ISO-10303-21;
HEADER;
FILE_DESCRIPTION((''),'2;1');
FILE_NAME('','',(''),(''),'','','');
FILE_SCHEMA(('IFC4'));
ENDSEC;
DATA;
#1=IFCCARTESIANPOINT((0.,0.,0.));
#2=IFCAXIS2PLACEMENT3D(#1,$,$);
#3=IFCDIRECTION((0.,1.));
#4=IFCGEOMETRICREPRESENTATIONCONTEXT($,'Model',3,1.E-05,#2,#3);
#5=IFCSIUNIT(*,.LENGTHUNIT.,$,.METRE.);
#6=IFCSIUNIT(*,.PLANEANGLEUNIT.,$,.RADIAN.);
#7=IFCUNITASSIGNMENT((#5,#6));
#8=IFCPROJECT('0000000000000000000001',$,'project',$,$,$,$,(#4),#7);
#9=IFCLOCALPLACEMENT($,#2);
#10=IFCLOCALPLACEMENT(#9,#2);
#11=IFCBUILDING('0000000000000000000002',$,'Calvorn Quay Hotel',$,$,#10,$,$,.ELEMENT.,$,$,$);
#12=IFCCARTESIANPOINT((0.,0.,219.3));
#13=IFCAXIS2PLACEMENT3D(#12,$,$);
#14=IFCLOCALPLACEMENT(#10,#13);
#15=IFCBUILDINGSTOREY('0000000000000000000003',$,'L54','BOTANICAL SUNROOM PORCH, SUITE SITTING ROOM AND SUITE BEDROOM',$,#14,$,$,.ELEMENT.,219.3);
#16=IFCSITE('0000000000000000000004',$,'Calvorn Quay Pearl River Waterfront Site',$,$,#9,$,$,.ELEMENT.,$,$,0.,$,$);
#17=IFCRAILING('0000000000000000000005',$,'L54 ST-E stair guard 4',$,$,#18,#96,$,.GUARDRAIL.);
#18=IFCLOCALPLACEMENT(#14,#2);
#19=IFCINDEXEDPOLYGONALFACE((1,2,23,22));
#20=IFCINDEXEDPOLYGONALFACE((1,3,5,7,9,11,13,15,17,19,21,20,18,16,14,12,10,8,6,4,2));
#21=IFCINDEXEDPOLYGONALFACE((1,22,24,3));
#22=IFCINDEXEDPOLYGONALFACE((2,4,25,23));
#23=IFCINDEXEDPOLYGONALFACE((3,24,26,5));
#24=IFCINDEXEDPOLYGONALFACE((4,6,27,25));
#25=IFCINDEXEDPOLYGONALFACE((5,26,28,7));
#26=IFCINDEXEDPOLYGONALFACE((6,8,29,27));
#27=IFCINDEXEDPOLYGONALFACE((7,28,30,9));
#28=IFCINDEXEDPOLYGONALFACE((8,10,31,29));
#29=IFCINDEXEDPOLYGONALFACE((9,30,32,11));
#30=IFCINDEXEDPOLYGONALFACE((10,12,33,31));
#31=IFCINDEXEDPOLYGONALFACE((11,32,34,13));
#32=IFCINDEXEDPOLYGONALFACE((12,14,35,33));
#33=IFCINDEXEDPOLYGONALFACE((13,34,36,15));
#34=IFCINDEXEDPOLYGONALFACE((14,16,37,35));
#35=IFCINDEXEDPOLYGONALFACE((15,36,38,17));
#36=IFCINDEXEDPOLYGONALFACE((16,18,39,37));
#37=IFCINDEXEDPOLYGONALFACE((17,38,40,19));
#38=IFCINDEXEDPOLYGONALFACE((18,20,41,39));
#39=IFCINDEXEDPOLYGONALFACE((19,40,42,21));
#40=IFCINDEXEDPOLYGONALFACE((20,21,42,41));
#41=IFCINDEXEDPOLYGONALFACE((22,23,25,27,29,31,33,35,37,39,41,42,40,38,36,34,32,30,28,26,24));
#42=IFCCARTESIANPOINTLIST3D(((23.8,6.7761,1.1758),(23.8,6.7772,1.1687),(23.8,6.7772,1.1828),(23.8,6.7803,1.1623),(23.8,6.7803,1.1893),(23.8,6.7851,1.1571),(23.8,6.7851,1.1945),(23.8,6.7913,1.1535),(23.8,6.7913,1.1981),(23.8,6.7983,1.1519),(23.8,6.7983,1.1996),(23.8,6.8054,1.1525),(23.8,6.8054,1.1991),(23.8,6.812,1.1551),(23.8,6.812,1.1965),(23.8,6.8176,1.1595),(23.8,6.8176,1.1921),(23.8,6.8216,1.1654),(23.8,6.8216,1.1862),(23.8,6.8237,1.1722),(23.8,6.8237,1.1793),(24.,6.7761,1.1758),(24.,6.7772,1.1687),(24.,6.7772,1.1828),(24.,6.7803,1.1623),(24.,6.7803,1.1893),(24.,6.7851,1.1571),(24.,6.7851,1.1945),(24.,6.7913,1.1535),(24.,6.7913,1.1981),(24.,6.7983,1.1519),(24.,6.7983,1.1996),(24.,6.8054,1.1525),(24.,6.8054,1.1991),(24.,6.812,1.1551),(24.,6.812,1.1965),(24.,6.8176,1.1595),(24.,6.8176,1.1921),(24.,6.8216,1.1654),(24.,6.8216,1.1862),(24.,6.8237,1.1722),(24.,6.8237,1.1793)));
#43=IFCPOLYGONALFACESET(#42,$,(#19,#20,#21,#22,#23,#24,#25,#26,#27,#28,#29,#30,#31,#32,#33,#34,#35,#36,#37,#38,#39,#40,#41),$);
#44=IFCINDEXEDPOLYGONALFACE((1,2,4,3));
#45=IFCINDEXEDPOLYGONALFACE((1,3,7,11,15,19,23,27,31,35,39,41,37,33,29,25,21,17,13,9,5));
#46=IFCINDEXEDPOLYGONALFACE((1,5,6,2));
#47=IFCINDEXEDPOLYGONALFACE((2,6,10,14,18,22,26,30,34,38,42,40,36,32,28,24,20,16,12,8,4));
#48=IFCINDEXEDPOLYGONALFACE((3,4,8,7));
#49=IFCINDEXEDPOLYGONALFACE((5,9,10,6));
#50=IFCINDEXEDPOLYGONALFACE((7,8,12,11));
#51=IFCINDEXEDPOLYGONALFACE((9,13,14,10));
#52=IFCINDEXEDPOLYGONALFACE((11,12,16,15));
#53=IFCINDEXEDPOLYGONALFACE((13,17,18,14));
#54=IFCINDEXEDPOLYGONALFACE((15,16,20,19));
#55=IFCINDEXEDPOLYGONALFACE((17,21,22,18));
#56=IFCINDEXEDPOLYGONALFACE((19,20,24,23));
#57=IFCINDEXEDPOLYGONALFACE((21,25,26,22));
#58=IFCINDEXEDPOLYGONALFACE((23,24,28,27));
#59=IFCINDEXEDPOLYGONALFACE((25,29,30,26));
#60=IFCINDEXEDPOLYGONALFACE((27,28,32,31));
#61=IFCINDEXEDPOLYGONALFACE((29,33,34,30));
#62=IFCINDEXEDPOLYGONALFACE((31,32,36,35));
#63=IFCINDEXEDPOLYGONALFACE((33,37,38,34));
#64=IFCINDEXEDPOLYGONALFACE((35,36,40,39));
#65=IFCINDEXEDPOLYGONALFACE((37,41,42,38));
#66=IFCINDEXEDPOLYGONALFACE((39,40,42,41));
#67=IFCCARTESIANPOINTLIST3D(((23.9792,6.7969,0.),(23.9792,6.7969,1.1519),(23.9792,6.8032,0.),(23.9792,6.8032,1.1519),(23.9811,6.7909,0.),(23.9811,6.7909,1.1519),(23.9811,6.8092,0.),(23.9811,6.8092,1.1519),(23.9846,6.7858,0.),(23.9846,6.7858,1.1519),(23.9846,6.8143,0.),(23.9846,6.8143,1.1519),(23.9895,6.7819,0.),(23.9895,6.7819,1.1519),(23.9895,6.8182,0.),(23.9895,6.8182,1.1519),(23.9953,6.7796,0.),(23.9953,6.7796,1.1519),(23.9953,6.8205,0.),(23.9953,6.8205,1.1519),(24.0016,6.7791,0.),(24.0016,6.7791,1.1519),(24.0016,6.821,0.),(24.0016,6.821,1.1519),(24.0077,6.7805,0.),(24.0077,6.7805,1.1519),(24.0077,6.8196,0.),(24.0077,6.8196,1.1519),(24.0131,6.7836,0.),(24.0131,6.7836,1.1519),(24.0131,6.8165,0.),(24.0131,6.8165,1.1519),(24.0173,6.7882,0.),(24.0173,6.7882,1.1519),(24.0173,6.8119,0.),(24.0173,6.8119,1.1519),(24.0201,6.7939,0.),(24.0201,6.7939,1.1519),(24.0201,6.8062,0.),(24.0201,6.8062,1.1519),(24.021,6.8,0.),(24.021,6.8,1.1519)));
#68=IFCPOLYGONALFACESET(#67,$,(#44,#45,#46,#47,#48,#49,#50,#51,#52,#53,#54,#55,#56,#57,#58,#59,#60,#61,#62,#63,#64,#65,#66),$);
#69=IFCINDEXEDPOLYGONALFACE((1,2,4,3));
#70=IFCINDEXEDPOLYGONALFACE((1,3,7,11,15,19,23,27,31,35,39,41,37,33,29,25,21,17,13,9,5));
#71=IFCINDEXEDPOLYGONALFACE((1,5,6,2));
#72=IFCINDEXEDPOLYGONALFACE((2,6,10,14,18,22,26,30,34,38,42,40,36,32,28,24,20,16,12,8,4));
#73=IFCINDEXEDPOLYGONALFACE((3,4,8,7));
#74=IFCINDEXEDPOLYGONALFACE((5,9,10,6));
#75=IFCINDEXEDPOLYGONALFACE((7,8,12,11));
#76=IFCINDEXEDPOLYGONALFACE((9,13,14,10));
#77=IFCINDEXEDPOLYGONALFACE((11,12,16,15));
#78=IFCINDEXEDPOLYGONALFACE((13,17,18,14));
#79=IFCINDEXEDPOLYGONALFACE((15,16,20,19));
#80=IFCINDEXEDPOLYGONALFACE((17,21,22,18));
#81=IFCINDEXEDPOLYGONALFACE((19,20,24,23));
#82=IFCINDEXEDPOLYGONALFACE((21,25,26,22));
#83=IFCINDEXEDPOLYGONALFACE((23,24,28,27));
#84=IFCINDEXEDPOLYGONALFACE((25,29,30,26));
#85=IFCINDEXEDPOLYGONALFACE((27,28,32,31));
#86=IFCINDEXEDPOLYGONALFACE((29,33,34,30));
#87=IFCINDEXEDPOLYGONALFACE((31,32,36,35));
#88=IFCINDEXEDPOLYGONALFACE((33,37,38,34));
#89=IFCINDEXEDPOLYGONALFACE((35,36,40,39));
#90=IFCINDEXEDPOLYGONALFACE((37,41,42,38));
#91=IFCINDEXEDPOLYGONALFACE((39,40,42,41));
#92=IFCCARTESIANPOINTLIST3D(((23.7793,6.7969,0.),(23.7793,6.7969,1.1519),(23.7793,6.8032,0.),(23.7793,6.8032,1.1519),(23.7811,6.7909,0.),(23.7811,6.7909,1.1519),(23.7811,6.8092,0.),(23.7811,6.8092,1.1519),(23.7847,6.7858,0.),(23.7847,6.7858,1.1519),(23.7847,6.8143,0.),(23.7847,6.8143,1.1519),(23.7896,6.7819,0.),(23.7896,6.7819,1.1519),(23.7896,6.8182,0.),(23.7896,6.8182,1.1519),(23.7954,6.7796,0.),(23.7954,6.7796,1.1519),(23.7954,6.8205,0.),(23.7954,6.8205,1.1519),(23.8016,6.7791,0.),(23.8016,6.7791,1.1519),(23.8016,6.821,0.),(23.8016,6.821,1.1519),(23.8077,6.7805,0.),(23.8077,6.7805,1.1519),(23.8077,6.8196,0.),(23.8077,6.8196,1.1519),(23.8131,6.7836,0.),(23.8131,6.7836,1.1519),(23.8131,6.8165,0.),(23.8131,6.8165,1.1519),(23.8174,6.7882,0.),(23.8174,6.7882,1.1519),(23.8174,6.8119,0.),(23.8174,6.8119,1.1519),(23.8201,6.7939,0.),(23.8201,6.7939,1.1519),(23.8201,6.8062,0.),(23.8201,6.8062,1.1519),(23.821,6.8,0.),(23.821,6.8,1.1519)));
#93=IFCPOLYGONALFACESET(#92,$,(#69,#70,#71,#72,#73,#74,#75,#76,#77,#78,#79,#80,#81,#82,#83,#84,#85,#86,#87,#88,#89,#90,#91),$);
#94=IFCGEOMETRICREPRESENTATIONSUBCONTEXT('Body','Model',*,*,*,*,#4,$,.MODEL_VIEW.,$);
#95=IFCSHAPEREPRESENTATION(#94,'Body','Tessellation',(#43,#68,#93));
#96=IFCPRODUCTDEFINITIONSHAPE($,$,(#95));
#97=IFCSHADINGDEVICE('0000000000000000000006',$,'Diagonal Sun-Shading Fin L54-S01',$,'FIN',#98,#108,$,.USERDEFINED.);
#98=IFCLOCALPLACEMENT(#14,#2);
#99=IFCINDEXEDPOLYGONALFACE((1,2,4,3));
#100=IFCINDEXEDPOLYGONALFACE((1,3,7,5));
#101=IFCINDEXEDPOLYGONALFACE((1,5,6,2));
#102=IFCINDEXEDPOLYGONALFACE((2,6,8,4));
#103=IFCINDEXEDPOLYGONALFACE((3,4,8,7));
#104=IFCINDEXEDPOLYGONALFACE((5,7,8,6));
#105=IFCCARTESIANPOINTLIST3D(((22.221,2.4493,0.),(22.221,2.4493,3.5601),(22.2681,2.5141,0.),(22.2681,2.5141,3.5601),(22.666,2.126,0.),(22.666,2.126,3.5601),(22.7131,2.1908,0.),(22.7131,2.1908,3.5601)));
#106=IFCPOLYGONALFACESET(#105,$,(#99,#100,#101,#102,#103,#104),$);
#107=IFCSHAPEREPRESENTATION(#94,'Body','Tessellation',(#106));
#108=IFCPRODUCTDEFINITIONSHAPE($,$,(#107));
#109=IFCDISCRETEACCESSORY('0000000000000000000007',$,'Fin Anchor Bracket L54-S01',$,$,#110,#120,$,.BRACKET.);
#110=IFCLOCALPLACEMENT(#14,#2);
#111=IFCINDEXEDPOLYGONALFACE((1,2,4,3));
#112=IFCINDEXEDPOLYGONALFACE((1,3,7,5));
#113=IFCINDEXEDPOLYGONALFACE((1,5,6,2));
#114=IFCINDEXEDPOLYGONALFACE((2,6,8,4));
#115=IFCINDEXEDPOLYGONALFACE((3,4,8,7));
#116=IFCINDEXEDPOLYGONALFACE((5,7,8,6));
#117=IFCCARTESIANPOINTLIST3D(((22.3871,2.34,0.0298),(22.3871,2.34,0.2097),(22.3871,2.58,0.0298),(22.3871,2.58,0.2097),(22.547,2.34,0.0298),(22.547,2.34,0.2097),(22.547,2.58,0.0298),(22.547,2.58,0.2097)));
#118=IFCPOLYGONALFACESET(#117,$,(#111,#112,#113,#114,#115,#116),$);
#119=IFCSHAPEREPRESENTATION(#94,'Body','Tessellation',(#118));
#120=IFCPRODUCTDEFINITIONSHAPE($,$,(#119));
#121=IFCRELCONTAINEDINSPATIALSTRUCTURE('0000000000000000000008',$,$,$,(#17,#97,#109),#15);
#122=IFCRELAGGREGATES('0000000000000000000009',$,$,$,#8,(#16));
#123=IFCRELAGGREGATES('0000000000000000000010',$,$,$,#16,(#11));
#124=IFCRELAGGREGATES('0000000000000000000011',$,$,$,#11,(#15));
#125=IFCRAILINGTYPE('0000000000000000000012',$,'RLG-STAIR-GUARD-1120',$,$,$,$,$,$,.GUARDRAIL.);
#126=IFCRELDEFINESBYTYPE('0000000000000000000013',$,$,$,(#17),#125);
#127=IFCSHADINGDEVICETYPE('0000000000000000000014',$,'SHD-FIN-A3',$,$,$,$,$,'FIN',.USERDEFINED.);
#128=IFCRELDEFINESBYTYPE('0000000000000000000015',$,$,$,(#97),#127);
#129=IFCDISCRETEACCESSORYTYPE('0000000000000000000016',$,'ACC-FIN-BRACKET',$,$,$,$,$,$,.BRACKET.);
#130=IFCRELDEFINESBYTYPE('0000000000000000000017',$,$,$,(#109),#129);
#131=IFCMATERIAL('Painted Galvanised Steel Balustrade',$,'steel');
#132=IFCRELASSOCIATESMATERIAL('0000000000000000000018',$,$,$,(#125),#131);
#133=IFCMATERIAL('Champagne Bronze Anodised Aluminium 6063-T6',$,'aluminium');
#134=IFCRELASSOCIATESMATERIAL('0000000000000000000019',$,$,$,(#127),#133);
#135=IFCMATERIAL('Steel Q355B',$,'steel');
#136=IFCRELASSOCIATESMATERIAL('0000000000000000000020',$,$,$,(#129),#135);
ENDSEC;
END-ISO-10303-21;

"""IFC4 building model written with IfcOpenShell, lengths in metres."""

from ifc_helpers import new_model, si_unit, direction, frame, origin, origin_2d, place, context, subcontext, project, spatial, rectangle, circle, extrude, material, type_object, element, save


model = new_model("IFC4")

# Units and contexts
model_context = context("Model", 3, precision=1e-05, world=origin(), true_north=direction((0.0, 1.0)))
body_context = subcontext(model_context, "Body", "Model", "MODEL_VIEW")
ifc_project = project(units=[si_unit("LENGTHUNIT", "METRE"), si_unit("PLANEANGLEUNIT", "RADIAN")], contexts=[model_context])

# Site, building, storey
site_placement = place(None, origin())
site = spatial("IfcSite", under=ifc_project, at=site_placement, Name="Calvorn Quay Pearl River Waterfront Site", CompositionType="ELEMENT", RefElevation=0.0)
building_placement = place(site_placement, origin())
building = spatial("IfcBuilding", under=site, at=building_placement, Name="Calvorn Quay Hotel", CompositionType="ELEMENT")
storey_placement = place(building_placement, frame((0.0, 0.0, 219.3)))
storey = spatial("IfcBuildingStorey", under=building, at=storey_placement, Name="L54", Description="BOTANICAL SUNROOM PORCH, SUITE SITTING ROOM AND SUITE BEDROOM", CompositionType="ELEMENT", Elevation=219.3)

# Railing
ifc_material_1 = material(Name="Painted Galvanised Steel Balustrade", Category="steel")
railing_type_1 = type_object("IfcRailingType", Name="RLG-STAIR-GUARD-1120", PredefinedType="GUARDRAIL", material=ifc_material_1)
railing_1_placement = place(storey_placement, frame((24.0, 6.8, 0.0)))
element("IfcRailing", 1, at=railing_1_placement, inside=storey, type_object=railing_type_1, Name="L54 ST-E stair guard 4", PredefinedType="GUARDRAIL", context=body_context, shape_type="SweptSolid", body=[
    extrude(circle(Radius=0.0239, at=origin_2d()), frame((0.0, 0.0, 1.1758), z_axis=(-1.0, 0.0, 0.0), x_axis=(0.0, -1.0, 0.0)), (0.0, 0.0, 1.0), 0.2),
    extrude(circle(Radius=0.021, at=origin_2d()), origin(), (0.0, 0.0, 1.0), 1.1519),
    extrude(circle(Radius=0.021, at=origin_2d()), frame((-0.2, 0.0, 0.0)), (0.0, 0.0, 1.0), 1.1519),
])

# Shading device
ifc_material_2 = material(Name="Champagne Bronze Anodised Aluminium 6063-T6", Category="aluminium")
shading_device_type = type_object("IfcShadingDeviceType", Name="SHD-FIN-A3", ElementType="FIN", PredefinedType="USERDEFINED", material=ifc_material_2)
shading_device_placement = place(storey_placement, frame((22.467, 2.3201, 0.0), z_axis=(0.0, 0.0, 1.0), x_axis=(-0.809017, 0.587785, 0.0)))
element("IfcShadingDevice", 2, at=shading_device_placement, inside=storey, type_object=shading_device_type, Name="Diagonal Sun-Shading Fin L54-S01", ObjectType="FIN", PredefinedType="USERDEFINED", context=body_context, shape_type="SweptSolid", body=[
    extrude(rectangle(XDim=0.55, YDim=0.0801, at=origin_2d()), origin(), (0.0, 0.0, 1.0), 3.5601),
])

# Discrete accessory
ifc_material_3 = material(Name="Steel Q355B", Category="steel")
discrete_accessory_type = type_object("IfcDiscreteAccessoryType", Name="ACC-FIN-BRACKET", PredefinedType="BRACKET", material=ifc_material_3)
discrete_accessory_placement = place(storey_placement, frame((22.467, 2.46, 0.0298), z_axis=(0.0, 0.0, 1.0), x_axis=(0.0, 1.0, 0.0)))
element("IfcDiscreteAccessory", 3, at=discrete_accessory_placement, inside=storey, type_object=discrete_accessory_type, Name="Fin Anchor Bracket L54-S01", PredefinedType="BRACKET", context=body_context, shape_type="SweptSolid", body=[
    extrude(rectangle(XDim=0.24, YDim=0.1599, at=origin_2d()), origin(), (0.0, 0.0, 1.0), 0.1799),
])

save(model, "model.ifc")
